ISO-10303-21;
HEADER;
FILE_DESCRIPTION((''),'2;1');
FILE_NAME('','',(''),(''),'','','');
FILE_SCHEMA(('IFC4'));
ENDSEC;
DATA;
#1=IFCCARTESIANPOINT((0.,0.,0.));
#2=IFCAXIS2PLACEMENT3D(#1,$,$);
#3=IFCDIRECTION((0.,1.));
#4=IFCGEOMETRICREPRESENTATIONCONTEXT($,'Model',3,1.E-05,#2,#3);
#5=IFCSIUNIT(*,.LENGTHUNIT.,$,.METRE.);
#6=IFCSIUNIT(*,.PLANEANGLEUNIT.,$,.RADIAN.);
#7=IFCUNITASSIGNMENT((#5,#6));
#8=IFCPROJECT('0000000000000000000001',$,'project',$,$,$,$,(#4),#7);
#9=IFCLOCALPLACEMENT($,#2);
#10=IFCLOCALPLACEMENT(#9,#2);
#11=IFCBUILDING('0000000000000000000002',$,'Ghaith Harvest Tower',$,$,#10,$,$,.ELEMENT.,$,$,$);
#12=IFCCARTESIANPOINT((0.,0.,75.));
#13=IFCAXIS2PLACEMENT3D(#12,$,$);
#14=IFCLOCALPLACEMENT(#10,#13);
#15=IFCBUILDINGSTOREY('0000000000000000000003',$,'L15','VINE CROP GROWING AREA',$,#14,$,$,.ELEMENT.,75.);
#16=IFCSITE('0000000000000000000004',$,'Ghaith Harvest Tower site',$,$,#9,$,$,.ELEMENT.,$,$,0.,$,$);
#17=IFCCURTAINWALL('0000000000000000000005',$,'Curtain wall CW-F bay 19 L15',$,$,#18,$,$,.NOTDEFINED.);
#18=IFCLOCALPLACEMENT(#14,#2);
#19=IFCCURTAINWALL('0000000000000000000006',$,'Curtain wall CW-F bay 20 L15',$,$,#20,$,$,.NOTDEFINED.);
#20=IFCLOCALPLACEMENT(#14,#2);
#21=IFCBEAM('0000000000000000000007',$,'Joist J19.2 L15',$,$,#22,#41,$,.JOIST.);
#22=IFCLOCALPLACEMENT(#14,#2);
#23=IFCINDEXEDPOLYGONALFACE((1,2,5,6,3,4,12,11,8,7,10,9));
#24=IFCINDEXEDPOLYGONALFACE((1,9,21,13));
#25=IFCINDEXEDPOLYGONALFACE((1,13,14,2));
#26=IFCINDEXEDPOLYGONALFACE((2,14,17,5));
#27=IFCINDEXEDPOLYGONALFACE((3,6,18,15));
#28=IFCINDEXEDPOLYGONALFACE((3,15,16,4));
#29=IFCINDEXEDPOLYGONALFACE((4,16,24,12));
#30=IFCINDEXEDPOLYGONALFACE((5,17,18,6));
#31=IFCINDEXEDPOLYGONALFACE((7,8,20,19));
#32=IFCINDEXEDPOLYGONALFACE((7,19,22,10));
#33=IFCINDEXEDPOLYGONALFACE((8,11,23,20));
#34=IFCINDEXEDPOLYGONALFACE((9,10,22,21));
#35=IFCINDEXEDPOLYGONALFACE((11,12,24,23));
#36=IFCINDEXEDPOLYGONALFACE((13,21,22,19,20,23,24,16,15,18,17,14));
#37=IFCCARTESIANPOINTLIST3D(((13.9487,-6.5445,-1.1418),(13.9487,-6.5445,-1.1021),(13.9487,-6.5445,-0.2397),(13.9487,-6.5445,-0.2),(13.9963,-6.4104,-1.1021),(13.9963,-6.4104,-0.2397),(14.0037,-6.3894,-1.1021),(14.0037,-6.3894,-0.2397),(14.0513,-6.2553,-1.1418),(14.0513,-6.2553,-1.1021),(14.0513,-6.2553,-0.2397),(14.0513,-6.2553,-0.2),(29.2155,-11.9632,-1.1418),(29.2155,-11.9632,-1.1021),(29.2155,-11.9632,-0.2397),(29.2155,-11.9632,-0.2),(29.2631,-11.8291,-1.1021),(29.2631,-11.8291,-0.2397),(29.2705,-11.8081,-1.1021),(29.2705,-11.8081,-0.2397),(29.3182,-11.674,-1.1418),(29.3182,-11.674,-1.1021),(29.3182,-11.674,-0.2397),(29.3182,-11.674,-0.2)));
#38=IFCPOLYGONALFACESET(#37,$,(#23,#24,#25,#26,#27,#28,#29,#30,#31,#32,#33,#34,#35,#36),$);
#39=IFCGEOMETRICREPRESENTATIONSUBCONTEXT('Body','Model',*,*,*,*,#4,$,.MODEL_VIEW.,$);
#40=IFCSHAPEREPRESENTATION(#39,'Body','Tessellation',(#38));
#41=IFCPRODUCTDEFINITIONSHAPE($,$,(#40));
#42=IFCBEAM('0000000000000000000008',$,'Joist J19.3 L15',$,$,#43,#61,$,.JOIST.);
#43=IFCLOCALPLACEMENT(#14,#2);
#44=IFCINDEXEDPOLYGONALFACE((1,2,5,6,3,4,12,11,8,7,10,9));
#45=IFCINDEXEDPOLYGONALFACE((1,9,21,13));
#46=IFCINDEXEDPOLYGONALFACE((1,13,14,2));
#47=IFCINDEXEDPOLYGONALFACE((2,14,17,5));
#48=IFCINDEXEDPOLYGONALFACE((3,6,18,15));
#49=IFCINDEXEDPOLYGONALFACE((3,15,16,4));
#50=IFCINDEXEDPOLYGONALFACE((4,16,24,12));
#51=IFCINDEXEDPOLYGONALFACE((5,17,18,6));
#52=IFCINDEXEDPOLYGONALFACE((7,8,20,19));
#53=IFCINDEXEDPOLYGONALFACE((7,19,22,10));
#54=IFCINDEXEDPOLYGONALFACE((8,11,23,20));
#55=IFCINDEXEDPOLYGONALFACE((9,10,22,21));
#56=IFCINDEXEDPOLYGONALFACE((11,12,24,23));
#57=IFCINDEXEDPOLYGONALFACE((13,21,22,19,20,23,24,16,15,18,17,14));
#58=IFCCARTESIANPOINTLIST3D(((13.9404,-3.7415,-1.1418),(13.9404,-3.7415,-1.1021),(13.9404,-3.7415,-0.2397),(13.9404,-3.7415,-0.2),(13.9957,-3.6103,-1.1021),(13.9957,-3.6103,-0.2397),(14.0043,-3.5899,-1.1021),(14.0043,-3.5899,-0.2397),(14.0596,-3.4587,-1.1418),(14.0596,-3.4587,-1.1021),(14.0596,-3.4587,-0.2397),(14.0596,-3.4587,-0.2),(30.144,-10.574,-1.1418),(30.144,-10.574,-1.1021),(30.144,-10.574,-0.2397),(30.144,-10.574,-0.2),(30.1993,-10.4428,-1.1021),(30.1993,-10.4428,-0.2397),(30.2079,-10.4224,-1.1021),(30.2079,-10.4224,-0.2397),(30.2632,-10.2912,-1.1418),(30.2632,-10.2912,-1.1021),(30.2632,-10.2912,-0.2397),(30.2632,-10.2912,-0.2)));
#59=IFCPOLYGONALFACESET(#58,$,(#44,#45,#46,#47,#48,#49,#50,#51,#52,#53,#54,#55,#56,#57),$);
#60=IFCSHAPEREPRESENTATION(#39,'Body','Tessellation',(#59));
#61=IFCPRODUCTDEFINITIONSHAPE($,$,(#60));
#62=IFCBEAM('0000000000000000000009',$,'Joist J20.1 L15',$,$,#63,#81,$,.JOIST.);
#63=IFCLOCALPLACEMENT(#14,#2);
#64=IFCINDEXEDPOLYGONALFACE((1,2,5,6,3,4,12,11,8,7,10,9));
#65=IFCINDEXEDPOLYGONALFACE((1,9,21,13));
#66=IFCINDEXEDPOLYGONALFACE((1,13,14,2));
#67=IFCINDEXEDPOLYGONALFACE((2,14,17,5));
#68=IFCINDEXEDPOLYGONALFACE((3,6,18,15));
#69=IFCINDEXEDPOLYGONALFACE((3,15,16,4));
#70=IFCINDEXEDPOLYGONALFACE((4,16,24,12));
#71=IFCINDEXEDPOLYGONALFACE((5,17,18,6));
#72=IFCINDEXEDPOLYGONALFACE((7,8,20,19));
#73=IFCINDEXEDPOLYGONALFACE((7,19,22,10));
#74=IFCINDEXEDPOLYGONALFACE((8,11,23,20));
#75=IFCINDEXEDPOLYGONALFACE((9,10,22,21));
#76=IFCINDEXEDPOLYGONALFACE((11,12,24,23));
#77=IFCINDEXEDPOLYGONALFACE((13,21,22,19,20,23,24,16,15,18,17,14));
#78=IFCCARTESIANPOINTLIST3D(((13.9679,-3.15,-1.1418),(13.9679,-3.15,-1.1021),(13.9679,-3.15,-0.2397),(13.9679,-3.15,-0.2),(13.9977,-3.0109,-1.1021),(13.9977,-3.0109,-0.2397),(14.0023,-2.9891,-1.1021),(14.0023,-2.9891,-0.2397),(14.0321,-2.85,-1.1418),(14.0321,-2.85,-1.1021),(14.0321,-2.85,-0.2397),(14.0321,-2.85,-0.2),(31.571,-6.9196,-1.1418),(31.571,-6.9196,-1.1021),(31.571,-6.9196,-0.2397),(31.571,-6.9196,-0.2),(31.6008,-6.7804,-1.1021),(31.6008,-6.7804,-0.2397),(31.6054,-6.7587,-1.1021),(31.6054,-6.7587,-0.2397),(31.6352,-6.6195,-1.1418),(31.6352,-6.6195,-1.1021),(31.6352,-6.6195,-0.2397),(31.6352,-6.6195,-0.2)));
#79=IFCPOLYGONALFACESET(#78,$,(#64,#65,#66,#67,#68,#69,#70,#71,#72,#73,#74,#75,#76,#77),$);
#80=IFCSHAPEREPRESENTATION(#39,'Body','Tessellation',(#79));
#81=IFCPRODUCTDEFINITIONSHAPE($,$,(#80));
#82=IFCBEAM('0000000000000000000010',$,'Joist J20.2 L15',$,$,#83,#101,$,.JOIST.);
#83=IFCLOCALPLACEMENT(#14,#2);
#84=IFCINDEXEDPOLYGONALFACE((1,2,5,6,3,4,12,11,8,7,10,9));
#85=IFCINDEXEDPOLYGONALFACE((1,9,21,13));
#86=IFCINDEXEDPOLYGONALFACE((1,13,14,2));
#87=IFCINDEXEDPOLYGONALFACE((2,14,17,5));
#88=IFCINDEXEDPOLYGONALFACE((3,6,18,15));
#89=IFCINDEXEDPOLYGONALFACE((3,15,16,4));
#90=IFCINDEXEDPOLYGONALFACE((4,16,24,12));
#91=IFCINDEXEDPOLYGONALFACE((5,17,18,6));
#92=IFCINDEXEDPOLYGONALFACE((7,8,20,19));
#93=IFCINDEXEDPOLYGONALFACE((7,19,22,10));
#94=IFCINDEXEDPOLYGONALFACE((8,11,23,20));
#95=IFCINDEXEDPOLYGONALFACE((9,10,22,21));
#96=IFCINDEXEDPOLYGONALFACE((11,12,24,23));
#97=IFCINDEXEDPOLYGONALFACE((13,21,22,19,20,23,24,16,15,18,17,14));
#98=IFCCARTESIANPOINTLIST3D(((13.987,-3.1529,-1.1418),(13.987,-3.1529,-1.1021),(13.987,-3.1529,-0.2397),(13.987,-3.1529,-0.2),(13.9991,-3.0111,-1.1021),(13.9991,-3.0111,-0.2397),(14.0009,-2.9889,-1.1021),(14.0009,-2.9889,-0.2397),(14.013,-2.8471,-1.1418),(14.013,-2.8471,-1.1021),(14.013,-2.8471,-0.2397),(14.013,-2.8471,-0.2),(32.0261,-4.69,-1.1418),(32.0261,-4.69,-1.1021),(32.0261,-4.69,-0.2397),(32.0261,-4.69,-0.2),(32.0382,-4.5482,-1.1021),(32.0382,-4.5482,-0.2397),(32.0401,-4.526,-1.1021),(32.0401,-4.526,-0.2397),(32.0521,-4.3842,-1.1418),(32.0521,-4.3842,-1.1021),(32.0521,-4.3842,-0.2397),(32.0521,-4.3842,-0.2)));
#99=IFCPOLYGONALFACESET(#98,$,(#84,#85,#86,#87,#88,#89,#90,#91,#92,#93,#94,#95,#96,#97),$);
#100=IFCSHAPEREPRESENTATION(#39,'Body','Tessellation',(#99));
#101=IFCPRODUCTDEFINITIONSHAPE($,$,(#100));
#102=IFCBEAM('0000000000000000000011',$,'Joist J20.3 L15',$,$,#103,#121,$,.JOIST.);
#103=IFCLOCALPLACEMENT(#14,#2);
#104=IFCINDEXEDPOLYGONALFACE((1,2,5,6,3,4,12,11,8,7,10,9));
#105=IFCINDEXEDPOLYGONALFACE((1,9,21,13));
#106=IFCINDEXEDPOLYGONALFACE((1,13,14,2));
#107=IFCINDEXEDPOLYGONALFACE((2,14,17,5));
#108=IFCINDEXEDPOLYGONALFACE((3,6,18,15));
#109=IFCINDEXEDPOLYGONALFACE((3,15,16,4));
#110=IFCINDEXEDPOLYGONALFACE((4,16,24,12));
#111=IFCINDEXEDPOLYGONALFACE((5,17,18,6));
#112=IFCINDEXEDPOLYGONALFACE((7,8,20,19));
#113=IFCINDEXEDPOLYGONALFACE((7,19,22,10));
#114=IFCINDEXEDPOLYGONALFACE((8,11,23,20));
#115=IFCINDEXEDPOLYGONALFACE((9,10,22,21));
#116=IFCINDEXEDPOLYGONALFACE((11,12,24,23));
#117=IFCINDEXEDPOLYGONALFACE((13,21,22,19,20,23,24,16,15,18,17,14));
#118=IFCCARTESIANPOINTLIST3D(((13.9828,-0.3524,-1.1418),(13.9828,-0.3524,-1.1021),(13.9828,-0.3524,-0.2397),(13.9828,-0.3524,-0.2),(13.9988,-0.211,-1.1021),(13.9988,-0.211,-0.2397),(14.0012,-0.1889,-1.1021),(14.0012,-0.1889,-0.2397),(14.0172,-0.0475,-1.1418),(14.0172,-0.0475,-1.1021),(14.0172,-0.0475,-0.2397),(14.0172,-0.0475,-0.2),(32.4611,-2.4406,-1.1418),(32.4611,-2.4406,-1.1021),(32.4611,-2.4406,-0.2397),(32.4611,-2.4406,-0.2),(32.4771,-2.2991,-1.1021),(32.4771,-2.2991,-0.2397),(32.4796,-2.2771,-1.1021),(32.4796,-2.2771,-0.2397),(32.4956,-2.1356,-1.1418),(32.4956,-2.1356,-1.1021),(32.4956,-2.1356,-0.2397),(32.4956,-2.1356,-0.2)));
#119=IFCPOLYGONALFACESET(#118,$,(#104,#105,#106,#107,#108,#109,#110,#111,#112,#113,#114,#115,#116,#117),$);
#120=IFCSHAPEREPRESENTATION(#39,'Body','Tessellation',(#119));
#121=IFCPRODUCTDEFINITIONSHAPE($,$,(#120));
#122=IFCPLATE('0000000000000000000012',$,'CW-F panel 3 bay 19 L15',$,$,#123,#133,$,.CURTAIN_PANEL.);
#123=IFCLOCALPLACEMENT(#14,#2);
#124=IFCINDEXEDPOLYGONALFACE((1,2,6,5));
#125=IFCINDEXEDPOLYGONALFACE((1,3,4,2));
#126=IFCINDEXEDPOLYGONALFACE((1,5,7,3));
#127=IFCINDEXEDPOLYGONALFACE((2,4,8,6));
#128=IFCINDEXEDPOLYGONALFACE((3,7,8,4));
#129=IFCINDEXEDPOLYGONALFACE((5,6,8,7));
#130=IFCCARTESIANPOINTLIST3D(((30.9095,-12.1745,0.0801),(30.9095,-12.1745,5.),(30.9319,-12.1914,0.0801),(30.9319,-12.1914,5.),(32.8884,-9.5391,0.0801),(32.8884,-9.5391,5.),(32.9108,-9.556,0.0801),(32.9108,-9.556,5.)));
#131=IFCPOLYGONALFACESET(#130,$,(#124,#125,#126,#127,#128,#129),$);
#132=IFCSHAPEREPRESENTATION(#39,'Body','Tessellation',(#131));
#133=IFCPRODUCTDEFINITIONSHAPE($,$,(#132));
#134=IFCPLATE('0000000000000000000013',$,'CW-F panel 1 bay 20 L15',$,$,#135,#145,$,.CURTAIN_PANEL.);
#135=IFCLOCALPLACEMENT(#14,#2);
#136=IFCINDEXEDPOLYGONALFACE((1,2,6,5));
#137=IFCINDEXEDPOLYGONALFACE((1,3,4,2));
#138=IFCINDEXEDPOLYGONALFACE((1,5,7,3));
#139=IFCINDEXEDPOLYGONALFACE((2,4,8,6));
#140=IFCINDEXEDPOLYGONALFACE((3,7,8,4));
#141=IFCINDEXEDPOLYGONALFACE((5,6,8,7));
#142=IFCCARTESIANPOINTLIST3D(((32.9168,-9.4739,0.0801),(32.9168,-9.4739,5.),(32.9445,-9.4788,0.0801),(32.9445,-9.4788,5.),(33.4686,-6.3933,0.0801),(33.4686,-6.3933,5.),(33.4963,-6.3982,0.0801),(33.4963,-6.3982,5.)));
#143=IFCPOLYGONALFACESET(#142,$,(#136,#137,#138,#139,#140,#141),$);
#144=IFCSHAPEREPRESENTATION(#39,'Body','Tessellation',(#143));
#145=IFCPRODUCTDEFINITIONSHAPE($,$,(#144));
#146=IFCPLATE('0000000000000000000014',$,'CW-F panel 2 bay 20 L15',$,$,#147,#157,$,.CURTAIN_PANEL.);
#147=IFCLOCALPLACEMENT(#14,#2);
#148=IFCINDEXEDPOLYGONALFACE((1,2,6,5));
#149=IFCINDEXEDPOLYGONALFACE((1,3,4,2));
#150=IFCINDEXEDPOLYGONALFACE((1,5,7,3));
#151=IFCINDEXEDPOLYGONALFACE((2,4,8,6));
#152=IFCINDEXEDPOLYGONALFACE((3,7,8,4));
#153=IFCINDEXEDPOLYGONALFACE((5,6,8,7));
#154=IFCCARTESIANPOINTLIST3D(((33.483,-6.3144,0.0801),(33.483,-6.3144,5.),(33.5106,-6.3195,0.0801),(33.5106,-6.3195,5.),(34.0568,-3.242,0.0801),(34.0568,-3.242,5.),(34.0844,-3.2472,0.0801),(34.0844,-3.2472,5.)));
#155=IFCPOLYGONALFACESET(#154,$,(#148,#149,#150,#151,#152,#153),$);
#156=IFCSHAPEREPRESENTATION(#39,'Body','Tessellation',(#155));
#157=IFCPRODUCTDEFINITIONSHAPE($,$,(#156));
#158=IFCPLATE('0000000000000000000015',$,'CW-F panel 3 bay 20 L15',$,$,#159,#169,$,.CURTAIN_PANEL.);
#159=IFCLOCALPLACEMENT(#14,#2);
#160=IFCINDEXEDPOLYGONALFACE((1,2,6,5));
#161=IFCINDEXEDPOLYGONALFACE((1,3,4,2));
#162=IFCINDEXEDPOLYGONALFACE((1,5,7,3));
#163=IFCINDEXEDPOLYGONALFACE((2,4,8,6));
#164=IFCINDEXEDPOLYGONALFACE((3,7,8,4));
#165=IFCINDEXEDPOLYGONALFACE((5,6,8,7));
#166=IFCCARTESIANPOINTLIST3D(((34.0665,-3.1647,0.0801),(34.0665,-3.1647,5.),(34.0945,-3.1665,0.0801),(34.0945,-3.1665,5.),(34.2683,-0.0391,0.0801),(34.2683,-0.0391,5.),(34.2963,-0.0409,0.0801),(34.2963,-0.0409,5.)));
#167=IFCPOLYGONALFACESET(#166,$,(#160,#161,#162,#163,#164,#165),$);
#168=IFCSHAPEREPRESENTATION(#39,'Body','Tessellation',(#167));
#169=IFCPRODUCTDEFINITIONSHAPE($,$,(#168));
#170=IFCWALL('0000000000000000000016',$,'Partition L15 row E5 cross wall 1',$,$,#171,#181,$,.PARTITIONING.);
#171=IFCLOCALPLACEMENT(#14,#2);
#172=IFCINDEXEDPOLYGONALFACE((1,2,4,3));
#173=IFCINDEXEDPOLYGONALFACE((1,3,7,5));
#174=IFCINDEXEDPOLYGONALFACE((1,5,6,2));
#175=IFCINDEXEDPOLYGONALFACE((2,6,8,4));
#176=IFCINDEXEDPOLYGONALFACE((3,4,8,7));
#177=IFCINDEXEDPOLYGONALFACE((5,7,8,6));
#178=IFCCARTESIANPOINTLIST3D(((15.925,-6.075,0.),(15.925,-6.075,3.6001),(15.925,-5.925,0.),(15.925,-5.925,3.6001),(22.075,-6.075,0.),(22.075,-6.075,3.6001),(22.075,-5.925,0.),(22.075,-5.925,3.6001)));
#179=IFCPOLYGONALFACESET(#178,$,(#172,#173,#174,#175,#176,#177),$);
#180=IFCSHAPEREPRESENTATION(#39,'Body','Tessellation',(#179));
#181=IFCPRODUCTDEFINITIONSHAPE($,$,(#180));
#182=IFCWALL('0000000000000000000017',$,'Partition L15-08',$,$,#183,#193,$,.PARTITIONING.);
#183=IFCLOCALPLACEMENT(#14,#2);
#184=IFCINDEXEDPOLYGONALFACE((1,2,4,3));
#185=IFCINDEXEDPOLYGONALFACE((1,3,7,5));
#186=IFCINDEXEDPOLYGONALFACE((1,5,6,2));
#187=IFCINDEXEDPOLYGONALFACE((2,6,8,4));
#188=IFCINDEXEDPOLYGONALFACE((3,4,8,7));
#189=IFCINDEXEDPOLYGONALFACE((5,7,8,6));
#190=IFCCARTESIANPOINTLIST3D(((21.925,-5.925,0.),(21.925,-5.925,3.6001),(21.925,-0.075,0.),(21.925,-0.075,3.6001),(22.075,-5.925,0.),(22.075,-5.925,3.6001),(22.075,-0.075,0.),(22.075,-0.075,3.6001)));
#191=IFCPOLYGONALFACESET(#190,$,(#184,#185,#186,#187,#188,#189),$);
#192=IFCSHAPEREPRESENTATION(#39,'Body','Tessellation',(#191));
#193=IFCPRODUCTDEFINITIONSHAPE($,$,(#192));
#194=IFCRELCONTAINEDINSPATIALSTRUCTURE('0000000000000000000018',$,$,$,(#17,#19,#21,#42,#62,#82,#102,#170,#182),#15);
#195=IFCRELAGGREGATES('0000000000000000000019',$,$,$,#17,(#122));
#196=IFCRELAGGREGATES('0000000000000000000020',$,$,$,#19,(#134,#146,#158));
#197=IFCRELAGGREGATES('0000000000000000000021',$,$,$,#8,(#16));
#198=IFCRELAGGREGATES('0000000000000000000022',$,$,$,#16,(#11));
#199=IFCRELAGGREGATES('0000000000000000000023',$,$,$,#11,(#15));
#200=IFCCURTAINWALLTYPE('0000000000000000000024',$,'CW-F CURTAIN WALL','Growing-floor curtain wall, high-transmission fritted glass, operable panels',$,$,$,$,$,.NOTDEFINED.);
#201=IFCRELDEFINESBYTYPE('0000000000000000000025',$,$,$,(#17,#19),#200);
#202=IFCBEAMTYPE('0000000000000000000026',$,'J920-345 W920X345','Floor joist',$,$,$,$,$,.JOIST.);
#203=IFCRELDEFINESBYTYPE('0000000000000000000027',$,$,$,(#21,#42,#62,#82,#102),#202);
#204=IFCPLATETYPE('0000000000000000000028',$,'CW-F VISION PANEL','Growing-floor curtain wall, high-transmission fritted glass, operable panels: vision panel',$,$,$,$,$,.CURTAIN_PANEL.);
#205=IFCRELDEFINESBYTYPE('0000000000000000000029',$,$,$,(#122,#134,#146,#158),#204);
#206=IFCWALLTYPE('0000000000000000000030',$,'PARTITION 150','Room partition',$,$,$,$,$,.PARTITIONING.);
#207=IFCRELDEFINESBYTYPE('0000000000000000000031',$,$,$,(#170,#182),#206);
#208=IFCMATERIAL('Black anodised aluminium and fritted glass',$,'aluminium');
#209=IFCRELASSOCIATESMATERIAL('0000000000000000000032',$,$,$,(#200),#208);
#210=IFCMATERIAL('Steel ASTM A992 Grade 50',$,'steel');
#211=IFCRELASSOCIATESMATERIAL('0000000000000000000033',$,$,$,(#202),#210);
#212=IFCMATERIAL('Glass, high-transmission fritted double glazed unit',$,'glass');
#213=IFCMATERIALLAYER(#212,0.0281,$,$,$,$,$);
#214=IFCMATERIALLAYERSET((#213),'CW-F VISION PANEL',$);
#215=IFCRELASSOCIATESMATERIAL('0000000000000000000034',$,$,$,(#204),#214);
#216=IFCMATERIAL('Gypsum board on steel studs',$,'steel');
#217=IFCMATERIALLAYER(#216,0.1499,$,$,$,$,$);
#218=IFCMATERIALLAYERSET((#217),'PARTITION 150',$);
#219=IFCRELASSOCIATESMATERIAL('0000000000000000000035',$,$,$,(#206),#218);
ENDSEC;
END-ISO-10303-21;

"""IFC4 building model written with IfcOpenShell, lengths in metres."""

from ifc_helpers import new_model, si_unit, direction, frame, frame_2d, origin, origin_2d, place, context, subcontext, project, spatial, rectangle, i_section, extrude, material, layer, layer_set, material_profile, profile_set, type_object, element, aggregate, save


model = new_model("IFC4")

# Units and contexts
model_context = context("Model", 3, precision=1e-05, world=origin(), true_north=direction((0.0, 1.0)))
body_context = subcontext(model_context, "Body", "Model", "MODEL_VIEW")
ifc_project = project(units=[si_unit("LENGTHUNIT", "METRE"), si_unit("PLANEANGLEUNIT", "RADIAN")], contexts=[model_context])

# Site, building, storey
site_placement = place(None, origin())
site = spatial("IfcSite", under=ifc_project, at=site_placement, Name="Ghaith Harvest Tower site", CompositionType="ELEMENT", RefElevation=0.0)
building_placement = place(site_placement, origin())
building = spatial("IfcBuilding", under=site, at=building_placement, Name="Ghaith Harvest Tower", CompositionType="ELEMENT")
storey_placement = place(building_placement, frame((0.0, 0.0, 75.0)))
storey = spatial("IfcBuildingStorey", under=building, at=storey_placement, Name="L15", Description="VINE CROP GROWING AREA", CompositionType="ELEMENT", Elevation=75.0)

# Curtain wall
ifc_material_1 = material(Name="Black anodised aluminium and fritted glass", Category="aluminium")
curtain_wall_type = type_object("IfcCurtainWallType", Name="CW-F CURTAIN WALL", Description="Growing-floor curtain wall, high-transmission fritted glass, operable panels", PredefinedType="NOTDEFINED", material=ifc_material_1)
curtain_wall_1_placement = place(storey_placement, origin())
curtain_wall_1 = element("IfcCurtainWall", 1, at=curtain_wall_1_placement, inside=storey, type_object=curtain_wall_type, Name="Curtain wall CW-F bay 19 L15", PredefinedType="NOTDEFINED")

# Curtain wall
curtain_wall_2_placement = place(storey_placement, origin())
curtain_wall_2 = element("IfcCurtainWall", 2, at=curtain_wall_2_placement, inside=storey, type_object=curtain_wall_type, Name="Curtain wall CW-F bay 20 L15", PredefinedType="NOTDEFINED")

# Beams
ifc_material_2 = material(Name="Steel ASTM A992 Grade 50", Category="steel")
ifc_material_profile_1 = material_profile(ifc_material_2, i_section(OverallWidth=0.3069, OverallDepth=0.9419, WebThickness=0.0222, FlangeThickness=0.0398, at=origin_2d()), Name="W920X345")
ifc_profile_set_1 = profile_set([ifc_material_profile_1], Name="Steel ASTM A992 Grade 50")
beam_type_1 = type_object("IfcBeamType", Name="J920-345 W920X345", Description="Floor joist", PredefinedType="JOIST", material=ifc_profile_set_1)
beam_1_placement = place(storey_placement, frame((14.0, -6.3999, -0.6709), z_axis=(0.9424, -0.334488, 0.0), x_axis=(0.334488, 0.9424, 0.0)))
element("IfcBeam", 3, at=beam_1_placement, inside=storey, type_object=beam_type_1, Name="Joist J19.2 L15", PredefinedType="JOIST", context=body_context, shape_type="SweptSolid", body=[
    extrude(i_section(OverallWidth=0.3069, OverallDepth=0.9419, WebThickness=0.0222, FlangeThickness=0.0398, at=origin_2d()), origin(), (0.0, 0.0, 1.0), 16.2),
])
beam_2_placement = place(storey_placement, frame((14.0, -3.6001, -0.6709), z_axis=(0.921433, -0.388537, 0.0), x_axis=(0.388537, 0.921433, 0.0)))
element("IfcBeam", 4, at=beam_2_placement, inside=storey, type_object=beam_type_1, Name="Joist J19.3 L15", PredefinedType="JOIST", context=body_context, shape_type="SweptSolid", body=[
    extrude(i_section(OverallWidth=0.3069, OverallDepth=0.9419, WebThickness=0.0222, FlangeThickness=0.0398, at=origin_2d()), origin(), (0.0, 0.0, 1.0), 17.5852),
])
beam_3_placement = place(storey_placement, frame((14.0, -3.0, -0.6709), z_axis=(0.977831, -0.209394, 0.0), x_axis=(0.209394, 0.977831, 0.0)))
element("IfcBeam", 5, at=beam_3_placement, inside=storey, type_object=beam_type_1, Name="Joist J20.1 L15", PredefinedType="JOIST", context=body_context, shape_type="SweptSolid", body=[
    extrude(i_section(OverallWidth=0.3069, OverallDepth=0.9419, WebThickness=0.0222, FlangeThickness=0.0398, at=origin_2d()), origin(), (0.0, 0.0, 1.0), 18.0022),
])
beam_4_placement = place(storey_placement, frame((14.0, -3.0, -0.6709), z_axis=(0.996389, -0.084902, 0.0), x_axis=(0.084902, 0.996389, 0.0)))
element("IfcBeam", 6, at=beam_4_placement, inside=storey, type_object=beam_type_1, Name="Joist J20.2 L15", PredefinedType="JOIST", context=body_context, shape_type="SweptSolid", body=[
    extrude(i_section(OverallWidth=0.3069, OverallDepth=0.9419, WebThickness=0.0222, FlangeThickness=0.0398, at=origin_2d()), origin(), (0.0, 0.0, 1.0), 18.1045),
])
beam_5_placement = place(storey_placement, frame((14.0, -0.2, -0.6709), z_axis=(0.993675, -0.11229, 0.0), x_axis=(0.11229, 0.993675, 0.0)))
element("IfcBeam", 7, at=beam_5_placement, inside=storey, type_object=beam_type_1, Name="Joist J20.3 L15", PredefinedType="JOIST", context=body_context, shape_type="SweptSolid", body=[
    extrude(i_section(OverallWidth=0.3069, OverallDepth=0.9419, WebThickness=0.0222, FlangeThickness=0.0398, at=origin_2d()), origin(), (0.0, 0.0, 1.0), 18.5959),
])

# Plates
ifc_material_3 = material(Name="Glass, high-transmission fritted double glazed unit", Category="glass")
ifc_layer_1 = layer(ifc_material_3, 0.0281)
ifc_layer_set_1 = layer_set([ifc_layer_1], Name="CW-F VISION PANEL")
plate_type = type_object("IfcPlateType", Name="CW-F VISION PANEL", Description="Growing-floor curtain wall, high-transmission fritted glass, operable panels: vision panel", PredefinedType="CURTAIN_PANEL", material=ifc_layer_set_1)
plate_1_placement = place(storey_placement, frame((31.9102, -10.8652, 0.0801), z_axis=(0.0, 0.0, 1.0), x_axis=(0.600454, 0.799659, 0.0)))
plate_1 = element("IfcPlate", 8, at=plate_1_placement, type_object=plate_type, Name="CW-F panel 3 bay 19 L15", PredefinedType="CURTAIN_PANEL", context=body_context, shape_type="SweptSolid", body=[
    extrude(rectangle(XDim=3.2957, YDim=0.0281, at=origin_2d()), origin(), (0.0, 0.0, 1.0), 4.9199),
])
aggregate(curtain_wall_1, [plate_1])
plate_2_placement = place(storey_placement, frame((33.2065, -7.936, 0.0801), z_axis=(0.0, 0.0, 1.0), x_axis=(0.17632, 0.984333, 0.0)))
plate_2 = element("IfcPlate", 9, at=plate_2_placement, type_object=plate_type, Name="CW-F panel 1 bay 20 L15", PredefinedType="CURTAIN_PANEL", context=body_context, shape_type="SweptSolid", body=[
    extrude(rectangle(XDim=3.1296, YDim=0.0281, at=origin_2d()), origin(), (0.0, 0.0, 1.0), 4.9199),
])
plate_3_placement = place(storey_placement, frame((33.7837, -4.7808, 0.0801), z_axis=(0.0, 0.0, 1.0), x_axis=(0.183569, 0.983007, 0.0)))
plate_3 = element("IfcPlate", 10, at=plate_3_placement, type_object=plate_type, Name="CW-F panel 2 bay 20 L15", PredefinedType="CURTAIN_PANEL", context=body_context, shape_type="SweptSolid", body=[
    extrude(rectangle(XDim=3.1255, YDim=0.0281, at=origin_2d()), origin(), (0.0, 0.0, 1.0), 4.9199),
])
plate_4_placement = place(storey_placement, frame((34.1814, -1.6028, 0.0801), z_axis=(0.0, 0.0, 1.0), x_axis=(0.064446, 0.997921, 0.0)))
plate_4 = element("IfcPlate", 11, at=plate_4_placement, type_object=plate_type, Name="CW-F panel 3 bay 20 L15", PredefinedType="CURTAIN_PANEL", context=body_context, shape_type="SweptSolid", body=[
    extrude(rectangle(XDim=3.1321, YDim=0.0281, at=origin_2d()), origin(), (0.0, 0.0, 1.0), 4.9199),
])
aggregate(curtain_wall_2, [plate_2, plate_3, plate_4])

# Wall
ifc_material_4 = material(Name="Gypsum board on steel studs", Category="steel")
ifc_layer_2 = layer(ifc_material_4, 0.1499)
ifc_layer_set_2 = layer_set([ifc_layer_2], Name="PARTITION 150")
wall_type = type_object("IfcWallType", Name="PARTITION 150", Description="Room partition", PredefinedType="PARTITIONING", material=ifc_layer_set_2)
wall_1_placement = place(storey_placement, frame((15.925, -6.0, 0.0), z_axis=(0.0, 0.0, 1.0), x_axis=(1.0, 0.0, 0.0)))
element("IfcWall", 12, at=wall_1_placement, inside=storey, type_object=wall_type, Name="Partition L15 row E5 cross wall 1", PredefinedType="PARTITIONING", context=body_context, shape_type="SweptSolid", body=[
    extrude(rectangle(XDim=6.1499, YDim=0.1499, at=frame_2d((3.075, 0.0))), origin(), (0.0, 0.0, 1.0), 3.6001),
])

# Wall
wall_2_placement = place(storey_placement, frame((22.0, -5.925, 0.0), z_axis=(0.0, 0.0, 1.0), x_axis=(0.0, 1.0, 0.0)))
element("IfcWall", 13, at=wall_2_placement, inside=storey, type_object=wall_type, Name="Partition L15-08", PredefinedType="PARTITIONING", context=body_context, shape_type="SweptSolid", body=[
    extrude(rectangle(XDim=5.8501, YDim=0.1499, at=frame_2d((2.925, 0.0))), origin(), (0.0, 0.0, 1.0), 3.6001),
])

save(model, "model.ifc")
